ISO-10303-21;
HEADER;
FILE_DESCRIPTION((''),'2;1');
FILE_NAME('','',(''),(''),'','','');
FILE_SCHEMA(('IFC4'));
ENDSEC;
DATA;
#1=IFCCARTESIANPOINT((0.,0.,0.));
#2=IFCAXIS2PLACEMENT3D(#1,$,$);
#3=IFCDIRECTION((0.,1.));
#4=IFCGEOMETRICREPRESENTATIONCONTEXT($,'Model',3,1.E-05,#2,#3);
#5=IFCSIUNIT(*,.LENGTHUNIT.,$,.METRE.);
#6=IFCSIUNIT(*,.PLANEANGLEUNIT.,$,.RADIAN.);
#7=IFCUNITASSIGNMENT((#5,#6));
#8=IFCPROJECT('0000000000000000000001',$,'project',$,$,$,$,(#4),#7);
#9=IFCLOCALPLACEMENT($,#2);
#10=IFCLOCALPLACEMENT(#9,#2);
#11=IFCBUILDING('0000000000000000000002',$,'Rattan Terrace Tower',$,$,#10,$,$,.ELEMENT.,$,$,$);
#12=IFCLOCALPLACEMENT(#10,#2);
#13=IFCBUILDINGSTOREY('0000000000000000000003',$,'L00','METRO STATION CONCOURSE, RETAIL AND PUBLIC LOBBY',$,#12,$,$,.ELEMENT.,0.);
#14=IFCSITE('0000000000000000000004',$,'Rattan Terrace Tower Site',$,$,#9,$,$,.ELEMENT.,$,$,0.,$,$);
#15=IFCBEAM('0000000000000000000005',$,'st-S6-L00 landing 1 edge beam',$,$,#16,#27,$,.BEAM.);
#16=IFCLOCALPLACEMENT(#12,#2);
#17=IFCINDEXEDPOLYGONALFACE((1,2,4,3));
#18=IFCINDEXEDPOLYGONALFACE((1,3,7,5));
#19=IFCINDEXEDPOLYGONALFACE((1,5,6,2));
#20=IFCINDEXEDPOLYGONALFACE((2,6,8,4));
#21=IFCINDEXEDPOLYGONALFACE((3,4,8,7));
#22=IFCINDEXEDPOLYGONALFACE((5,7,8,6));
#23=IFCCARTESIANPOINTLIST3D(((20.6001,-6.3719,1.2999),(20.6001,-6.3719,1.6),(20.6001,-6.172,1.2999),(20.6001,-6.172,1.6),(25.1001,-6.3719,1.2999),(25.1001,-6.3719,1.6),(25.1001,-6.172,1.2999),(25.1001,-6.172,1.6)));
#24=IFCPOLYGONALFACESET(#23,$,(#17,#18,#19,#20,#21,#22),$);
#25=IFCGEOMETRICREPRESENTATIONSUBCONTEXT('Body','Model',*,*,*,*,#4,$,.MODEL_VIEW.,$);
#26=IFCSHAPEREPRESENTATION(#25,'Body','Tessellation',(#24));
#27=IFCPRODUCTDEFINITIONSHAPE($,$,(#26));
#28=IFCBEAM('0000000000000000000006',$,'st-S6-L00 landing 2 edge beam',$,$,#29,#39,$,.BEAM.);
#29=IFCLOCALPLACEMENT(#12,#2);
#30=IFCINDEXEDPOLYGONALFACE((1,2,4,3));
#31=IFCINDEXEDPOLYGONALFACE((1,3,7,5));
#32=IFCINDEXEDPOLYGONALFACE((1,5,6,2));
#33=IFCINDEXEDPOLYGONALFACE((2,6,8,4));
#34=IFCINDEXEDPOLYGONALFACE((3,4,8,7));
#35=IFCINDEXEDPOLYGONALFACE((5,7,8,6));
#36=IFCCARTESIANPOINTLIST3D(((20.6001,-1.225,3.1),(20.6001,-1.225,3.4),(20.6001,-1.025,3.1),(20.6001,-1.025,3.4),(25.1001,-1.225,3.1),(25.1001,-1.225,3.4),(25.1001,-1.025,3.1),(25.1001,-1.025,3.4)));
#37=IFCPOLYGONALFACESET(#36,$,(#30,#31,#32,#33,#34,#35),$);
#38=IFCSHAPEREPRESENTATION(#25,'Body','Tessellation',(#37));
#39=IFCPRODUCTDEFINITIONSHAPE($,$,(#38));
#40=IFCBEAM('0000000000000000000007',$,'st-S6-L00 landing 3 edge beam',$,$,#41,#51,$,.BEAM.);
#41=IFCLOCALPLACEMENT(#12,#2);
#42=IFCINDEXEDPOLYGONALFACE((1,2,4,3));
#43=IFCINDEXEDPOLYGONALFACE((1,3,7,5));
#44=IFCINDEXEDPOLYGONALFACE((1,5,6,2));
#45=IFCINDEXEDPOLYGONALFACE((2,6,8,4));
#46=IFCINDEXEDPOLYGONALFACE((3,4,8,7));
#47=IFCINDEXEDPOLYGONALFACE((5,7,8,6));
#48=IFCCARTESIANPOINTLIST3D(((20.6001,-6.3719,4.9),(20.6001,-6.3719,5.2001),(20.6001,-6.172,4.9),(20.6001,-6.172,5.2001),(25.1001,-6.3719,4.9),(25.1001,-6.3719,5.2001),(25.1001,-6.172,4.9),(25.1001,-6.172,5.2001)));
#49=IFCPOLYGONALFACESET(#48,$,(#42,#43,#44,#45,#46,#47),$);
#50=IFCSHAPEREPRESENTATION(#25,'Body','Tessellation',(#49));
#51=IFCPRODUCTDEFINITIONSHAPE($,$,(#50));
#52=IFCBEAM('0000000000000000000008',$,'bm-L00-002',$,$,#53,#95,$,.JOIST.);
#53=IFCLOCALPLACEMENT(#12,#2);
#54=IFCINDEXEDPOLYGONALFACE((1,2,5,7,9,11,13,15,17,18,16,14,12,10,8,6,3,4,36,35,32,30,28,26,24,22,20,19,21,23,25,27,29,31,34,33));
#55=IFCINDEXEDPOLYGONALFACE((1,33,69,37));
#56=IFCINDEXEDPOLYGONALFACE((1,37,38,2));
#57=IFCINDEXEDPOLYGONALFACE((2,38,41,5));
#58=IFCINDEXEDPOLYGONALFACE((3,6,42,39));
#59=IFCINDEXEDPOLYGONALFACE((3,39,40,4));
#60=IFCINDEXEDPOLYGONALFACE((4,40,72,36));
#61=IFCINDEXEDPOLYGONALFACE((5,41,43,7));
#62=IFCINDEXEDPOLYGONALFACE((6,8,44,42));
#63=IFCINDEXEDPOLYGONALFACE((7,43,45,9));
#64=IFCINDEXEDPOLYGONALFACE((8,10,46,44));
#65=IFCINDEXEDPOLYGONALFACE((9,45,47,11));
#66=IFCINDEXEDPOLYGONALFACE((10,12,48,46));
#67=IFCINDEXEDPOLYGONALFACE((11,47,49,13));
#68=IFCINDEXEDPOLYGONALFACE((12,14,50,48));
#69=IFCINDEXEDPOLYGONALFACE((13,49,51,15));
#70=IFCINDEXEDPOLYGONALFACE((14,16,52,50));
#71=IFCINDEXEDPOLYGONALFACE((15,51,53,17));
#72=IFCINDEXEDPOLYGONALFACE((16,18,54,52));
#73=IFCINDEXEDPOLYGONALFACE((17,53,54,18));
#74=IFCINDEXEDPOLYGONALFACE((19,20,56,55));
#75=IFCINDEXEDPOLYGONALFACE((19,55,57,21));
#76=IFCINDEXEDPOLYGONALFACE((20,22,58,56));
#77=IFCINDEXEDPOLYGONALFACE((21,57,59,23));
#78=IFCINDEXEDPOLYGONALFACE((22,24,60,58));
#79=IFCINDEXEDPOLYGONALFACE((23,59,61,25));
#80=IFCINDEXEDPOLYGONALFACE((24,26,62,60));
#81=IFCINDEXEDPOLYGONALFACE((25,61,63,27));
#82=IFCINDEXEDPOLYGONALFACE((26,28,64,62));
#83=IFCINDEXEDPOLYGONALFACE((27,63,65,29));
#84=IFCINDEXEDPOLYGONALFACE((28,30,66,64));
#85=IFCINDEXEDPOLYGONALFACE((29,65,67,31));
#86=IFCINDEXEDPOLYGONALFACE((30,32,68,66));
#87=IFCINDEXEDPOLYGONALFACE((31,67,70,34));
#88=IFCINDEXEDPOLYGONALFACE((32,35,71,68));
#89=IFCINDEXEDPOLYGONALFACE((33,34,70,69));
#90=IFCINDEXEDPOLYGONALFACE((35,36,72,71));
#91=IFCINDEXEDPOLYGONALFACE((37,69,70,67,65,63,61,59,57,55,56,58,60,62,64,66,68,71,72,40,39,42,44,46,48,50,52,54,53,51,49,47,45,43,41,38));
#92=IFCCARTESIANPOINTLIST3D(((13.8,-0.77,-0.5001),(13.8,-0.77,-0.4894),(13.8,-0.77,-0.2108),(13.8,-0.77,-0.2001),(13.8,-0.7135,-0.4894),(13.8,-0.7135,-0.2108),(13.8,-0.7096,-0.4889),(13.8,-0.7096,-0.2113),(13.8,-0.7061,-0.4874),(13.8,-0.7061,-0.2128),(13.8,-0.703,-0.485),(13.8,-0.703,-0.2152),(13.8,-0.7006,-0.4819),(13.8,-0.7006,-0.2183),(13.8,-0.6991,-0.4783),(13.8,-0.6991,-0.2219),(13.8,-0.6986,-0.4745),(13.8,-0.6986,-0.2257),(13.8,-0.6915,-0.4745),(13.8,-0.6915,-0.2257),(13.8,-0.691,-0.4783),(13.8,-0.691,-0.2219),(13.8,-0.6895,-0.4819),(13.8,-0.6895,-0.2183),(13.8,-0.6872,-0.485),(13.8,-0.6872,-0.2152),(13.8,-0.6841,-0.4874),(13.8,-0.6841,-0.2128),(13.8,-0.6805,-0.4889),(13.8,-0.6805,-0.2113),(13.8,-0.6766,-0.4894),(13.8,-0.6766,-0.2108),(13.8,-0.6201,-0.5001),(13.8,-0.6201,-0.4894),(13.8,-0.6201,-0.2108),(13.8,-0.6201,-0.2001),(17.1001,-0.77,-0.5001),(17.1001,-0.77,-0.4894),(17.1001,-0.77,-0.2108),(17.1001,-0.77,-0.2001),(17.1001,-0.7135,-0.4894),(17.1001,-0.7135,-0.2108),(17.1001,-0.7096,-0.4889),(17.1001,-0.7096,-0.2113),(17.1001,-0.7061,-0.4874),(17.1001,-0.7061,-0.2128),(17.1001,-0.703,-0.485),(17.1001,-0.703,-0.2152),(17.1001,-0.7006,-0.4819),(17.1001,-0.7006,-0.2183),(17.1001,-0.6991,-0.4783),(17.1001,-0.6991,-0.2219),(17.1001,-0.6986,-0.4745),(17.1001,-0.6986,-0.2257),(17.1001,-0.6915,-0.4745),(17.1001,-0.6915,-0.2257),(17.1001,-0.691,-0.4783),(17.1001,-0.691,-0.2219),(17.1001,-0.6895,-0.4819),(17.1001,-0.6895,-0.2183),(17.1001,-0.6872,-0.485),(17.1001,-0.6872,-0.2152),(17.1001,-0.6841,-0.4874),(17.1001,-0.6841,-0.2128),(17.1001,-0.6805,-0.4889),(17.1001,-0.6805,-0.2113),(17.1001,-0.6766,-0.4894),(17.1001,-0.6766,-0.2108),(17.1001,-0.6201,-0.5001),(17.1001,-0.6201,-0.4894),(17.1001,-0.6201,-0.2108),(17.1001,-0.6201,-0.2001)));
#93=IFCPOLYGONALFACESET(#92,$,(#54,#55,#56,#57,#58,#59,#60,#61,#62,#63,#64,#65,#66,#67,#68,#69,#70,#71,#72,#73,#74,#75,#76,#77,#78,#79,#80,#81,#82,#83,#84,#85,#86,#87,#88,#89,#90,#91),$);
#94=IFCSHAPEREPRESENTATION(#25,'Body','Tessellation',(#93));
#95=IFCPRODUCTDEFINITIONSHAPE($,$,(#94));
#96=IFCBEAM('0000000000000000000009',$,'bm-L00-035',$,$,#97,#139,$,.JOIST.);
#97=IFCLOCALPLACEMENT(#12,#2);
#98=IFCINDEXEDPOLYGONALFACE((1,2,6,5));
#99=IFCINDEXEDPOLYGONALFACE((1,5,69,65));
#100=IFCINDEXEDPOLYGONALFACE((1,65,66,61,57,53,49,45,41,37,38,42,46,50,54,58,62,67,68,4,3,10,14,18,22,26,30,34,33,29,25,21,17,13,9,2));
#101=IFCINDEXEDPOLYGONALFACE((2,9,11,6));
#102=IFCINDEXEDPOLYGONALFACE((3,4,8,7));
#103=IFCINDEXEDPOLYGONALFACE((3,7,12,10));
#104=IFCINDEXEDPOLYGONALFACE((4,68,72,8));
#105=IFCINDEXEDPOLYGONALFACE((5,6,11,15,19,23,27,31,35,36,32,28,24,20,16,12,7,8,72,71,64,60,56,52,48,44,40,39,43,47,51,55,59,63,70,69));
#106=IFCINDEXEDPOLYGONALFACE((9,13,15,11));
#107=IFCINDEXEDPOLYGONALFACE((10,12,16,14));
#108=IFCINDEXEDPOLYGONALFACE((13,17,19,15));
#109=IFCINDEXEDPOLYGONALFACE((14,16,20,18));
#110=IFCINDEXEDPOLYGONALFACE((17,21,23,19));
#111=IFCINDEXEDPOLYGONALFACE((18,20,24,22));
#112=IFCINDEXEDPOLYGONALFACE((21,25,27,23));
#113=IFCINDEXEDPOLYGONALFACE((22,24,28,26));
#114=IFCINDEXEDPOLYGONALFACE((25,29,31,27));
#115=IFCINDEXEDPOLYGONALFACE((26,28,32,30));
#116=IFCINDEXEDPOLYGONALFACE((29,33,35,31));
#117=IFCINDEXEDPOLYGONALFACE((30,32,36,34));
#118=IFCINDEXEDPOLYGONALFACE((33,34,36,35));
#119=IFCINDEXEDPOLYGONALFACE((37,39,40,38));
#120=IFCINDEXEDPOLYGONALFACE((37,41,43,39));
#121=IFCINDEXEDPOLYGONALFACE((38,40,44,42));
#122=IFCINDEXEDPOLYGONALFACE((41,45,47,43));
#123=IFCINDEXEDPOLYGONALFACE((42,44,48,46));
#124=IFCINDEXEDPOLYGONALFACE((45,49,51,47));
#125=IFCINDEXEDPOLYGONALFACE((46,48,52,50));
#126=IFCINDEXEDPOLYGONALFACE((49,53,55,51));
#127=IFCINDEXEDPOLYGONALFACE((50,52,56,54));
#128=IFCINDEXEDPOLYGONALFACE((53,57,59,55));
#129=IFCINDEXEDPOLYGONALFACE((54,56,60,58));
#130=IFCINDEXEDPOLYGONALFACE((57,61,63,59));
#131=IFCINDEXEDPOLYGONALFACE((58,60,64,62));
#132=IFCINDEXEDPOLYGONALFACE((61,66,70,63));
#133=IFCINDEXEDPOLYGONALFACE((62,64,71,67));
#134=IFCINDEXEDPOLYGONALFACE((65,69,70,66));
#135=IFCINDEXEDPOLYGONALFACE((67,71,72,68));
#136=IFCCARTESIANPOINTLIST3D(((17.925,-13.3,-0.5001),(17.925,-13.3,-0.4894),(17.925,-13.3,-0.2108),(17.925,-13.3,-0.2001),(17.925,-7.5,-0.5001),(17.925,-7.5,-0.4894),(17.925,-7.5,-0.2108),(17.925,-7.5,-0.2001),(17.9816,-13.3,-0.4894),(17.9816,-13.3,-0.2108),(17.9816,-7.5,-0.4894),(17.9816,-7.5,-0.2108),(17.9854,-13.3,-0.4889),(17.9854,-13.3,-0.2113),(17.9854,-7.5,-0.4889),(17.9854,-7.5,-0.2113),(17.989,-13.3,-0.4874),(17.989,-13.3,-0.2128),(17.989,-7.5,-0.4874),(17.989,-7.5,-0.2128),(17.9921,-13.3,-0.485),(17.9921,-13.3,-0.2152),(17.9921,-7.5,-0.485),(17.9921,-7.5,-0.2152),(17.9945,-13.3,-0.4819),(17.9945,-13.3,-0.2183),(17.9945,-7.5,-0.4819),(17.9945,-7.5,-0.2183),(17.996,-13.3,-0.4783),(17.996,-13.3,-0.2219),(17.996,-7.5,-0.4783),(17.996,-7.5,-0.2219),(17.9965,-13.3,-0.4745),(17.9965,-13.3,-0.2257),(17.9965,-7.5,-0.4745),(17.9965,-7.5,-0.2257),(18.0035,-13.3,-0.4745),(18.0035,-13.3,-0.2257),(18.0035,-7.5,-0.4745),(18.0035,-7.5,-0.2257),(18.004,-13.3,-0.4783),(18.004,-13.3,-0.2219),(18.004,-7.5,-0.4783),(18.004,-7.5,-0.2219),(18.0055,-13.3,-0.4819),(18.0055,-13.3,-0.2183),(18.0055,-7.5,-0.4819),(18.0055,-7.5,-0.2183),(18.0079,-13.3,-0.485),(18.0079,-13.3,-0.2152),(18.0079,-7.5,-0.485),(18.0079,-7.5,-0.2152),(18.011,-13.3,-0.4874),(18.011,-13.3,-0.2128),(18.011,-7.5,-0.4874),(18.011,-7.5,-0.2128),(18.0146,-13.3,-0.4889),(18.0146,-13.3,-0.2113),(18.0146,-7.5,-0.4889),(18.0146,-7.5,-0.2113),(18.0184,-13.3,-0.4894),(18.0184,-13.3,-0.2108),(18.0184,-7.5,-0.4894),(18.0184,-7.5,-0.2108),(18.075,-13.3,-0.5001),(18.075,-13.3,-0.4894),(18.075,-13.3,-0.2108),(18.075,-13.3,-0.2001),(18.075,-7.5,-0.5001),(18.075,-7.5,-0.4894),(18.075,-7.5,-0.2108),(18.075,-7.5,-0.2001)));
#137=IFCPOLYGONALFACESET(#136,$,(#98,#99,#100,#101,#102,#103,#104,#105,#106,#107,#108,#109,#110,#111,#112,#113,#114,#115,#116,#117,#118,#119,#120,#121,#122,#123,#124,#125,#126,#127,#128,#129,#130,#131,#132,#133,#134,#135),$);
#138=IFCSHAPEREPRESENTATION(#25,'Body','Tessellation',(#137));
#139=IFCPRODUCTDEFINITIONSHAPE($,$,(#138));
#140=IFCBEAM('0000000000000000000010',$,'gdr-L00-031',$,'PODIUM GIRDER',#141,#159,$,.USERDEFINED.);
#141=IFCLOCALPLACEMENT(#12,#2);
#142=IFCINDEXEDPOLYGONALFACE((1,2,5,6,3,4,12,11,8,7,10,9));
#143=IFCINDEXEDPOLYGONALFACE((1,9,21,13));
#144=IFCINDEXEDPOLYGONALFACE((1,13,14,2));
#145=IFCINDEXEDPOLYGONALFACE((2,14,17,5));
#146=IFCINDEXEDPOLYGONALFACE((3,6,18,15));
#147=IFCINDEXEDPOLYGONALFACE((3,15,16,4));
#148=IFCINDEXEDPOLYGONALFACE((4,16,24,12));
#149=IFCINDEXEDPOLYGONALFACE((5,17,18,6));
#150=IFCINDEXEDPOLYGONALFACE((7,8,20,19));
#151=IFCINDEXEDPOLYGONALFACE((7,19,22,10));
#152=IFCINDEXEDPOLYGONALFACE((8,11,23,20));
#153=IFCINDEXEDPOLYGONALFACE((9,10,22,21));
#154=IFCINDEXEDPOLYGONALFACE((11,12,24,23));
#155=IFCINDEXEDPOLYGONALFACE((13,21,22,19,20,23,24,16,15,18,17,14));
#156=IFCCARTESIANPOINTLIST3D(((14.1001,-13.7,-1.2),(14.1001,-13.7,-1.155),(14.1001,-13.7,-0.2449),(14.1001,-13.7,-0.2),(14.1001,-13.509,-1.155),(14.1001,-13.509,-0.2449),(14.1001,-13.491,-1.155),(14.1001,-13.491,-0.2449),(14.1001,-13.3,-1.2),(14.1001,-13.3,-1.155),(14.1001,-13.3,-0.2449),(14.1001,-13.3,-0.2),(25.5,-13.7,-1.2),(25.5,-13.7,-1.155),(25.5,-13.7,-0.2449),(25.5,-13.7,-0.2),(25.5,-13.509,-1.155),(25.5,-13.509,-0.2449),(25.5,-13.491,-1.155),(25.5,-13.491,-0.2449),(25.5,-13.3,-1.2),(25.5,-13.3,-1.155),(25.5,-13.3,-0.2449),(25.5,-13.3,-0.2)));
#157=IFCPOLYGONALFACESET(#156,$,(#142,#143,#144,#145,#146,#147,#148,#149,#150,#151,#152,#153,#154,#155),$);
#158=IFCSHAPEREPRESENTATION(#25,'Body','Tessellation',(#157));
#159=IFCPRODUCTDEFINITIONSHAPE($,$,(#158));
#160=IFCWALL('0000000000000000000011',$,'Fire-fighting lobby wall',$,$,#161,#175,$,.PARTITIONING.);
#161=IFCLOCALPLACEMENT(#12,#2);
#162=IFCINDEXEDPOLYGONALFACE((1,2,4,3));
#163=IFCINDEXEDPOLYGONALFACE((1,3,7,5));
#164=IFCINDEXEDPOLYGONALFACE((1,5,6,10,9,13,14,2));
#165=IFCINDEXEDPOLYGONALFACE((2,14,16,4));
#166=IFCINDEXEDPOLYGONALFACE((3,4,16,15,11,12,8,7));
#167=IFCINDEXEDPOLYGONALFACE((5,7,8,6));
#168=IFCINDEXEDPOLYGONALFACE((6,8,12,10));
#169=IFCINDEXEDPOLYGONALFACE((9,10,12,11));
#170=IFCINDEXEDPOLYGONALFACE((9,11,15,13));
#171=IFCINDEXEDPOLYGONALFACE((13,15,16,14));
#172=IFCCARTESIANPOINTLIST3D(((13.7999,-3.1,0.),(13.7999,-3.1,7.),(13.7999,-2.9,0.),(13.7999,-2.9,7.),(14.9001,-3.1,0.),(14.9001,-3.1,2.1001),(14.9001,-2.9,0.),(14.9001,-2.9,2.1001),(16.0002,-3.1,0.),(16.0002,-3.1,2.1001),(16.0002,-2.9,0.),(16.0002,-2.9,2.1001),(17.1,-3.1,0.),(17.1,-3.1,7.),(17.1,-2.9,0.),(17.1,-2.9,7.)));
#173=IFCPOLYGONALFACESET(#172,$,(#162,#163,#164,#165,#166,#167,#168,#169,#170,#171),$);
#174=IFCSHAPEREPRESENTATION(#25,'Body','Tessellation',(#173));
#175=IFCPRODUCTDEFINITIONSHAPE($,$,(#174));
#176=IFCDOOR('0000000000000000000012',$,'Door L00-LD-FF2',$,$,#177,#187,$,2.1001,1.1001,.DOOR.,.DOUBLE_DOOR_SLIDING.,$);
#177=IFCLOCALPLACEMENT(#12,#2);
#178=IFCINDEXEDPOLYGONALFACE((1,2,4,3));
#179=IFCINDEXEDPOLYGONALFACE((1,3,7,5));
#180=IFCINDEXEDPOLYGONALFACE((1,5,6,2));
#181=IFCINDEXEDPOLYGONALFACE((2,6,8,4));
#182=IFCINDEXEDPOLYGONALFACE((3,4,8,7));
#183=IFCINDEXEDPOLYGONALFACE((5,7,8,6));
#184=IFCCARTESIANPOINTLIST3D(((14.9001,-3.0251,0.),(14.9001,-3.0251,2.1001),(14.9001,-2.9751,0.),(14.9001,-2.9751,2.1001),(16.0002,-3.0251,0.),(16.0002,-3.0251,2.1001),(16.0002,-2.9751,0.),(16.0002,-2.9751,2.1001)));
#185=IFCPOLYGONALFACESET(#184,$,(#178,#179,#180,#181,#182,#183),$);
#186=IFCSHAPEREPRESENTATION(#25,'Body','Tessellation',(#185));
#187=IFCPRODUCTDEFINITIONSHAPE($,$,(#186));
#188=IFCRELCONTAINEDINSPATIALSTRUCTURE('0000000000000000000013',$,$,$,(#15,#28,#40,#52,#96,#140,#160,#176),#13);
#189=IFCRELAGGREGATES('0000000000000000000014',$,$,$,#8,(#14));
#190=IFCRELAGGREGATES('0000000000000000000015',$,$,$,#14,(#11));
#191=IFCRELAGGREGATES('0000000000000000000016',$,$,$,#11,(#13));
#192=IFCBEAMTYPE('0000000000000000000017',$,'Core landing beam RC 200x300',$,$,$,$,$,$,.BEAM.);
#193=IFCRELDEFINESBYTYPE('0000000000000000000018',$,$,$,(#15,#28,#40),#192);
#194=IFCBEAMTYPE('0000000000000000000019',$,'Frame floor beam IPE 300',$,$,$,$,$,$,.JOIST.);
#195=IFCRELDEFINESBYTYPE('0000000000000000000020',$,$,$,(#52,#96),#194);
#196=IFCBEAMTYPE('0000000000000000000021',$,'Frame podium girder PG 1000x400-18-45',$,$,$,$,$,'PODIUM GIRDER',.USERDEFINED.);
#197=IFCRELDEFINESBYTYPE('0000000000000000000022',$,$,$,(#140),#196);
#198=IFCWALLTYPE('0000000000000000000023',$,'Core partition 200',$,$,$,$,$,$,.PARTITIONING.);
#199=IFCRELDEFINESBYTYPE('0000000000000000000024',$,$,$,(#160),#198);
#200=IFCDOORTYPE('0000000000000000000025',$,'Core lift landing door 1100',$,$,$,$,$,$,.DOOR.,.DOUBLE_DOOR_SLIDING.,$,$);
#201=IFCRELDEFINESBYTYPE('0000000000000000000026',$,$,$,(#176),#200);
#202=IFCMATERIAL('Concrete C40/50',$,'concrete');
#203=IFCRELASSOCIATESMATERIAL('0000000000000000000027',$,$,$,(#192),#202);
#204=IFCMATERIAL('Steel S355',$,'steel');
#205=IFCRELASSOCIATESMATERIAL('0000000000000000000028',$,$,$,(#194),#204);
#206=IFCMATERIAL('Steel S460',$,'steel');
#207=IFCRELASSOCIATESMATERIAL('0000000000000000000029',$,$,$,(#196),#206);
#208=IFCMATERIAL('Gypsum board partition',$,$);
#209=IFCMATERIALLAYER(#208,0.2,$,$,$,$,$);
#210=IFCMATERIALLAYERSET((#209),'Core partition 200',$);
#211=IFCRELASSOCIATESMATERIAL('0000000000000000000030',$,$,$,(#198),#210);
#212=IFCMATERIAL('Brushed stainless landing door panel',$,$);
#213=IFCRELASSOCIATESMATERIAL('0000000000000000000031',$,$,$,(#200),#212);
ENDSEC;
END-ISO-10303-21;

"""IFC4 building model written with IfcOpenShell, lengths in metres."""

from ifc_helpers import new_model, si_unit, direction, frame, frame_2d, origin, origin_2d, place, context, subcontext, project, spatial, rectangle, i_section, extrude, material, layer, layer_set, material_profile, profile_set, type_object, element, fill, save


model = new_model("IFC4")

# Units and contexts
model_context = context("Model", 3, precision=1e-05, world=origin(), true_north=direction((0.0, 1.0)))
body_context = subcontext(model_context, "Body", "Model", "MODEL_VIEW")
ifc_project = project(units=[si_unit("LENGTHUNIT", "METRE"), si_unit("PLANEANGLEUNIT", "RADIAN")], contexts=[model_context])

# Site, building, storey
site_placement = place(None, origin())
site = spatial("IfcSite", under=ifc_project, at=site_placement, Name="Rattan Terrace Tower Site", CompositionType="ELEMENT", RefElevation=0.0)
building_placement = place(site_placement, origin())
building = spatial("IfcBuilding", under=site, at=building_placement, Name="Rattan Terrace Tower", CompositionType="ELEMENT")
storey_placement = place(building_placement, origin())
storey = spatial("IfcBuildingStorey", under=building, at=storey_placement, Name="L00", Description="METRO STATION CONCOURSE, RETAIL AND PUBLIC LOBBY", CompositionType="ELEMENT", Elevation=0.0)

# Beams
ifc_material_1 = material(Name="Concrete C40/50", Category="concrete")
ifc_material_profile_1 = material_profile(ifc_material_1, rectangle(XDim=0.2, YDim=0.3, at=origin_2d()), Name="RC 200x300")
ifc_profile_set_1 = profile_set([ifc_material_profile_1], Name="Concrete C40/50")
beam_type_1 = type_object("IfcBeamType", Name="Core landing beam RC 200x300", PredefinedType="BEAM", material=ifc_profile_set_1)
for number, where, z_axis, x_axis, name in (
    (1, (20.6001, -6.272, 1.45), (1.0, 0.0, 0.0), (0.0, 1.0, 0.0), "st-S6-L00 landing 1 edge beam"),
    (2, (20.6001, -1.125, 3.25), (1.0, 0.0, 0.0), (0.0, 1.0, 0.0), "st-S6-L00 landing 2 edge beam"),
    (3, (20.6001, -6.272, 5.05), (1.0, 0.0, 0.0), (0.0, 1.0, 0.0), "st-S6-L00 landing 3 edge beam"),
):
    element("IfcBeam", number, at=place(storey_placement, frame(where, z_axis=z_axis, x_axis=x_axis)), inside=storey, type_object=beam_type_1, Name=name, PredefinedType="BEAM", context=body_context, shape_type="SweptSolid", body=[
        extrude(rectangle(XDim=0.2, YDim=0.3, at=origin_2d()), origin(), (0.0, 0.0, 1.0), 4.5),
    ])
ifc_material_2 = material(Name="Steel S355", Category="steel")
ifc_material_profile_2 = material_profile(ifc_material_2, i_section(OverallWidth=0.1499, OverallDepth=0.3, WebThickness=0.0071, FlangeThickness=0.0107, FilletRadius=0.0149, at=origin_2d()), Name="IPE 300")
ifc_profile_set_2 = profile_set([ifc_material_profile_2], Name="Steel S355")
beam_type_2 = type_object("IfcBeamType", Name="Frame floor beam IPE 300", PredefinedType="JOIST", material=ifc_profile_set_2)
beam_1_placement = place(storey_placement, frame((13.8, -0.6951, -0.3501), z_axis=(1.0, 0.0, 0.0), x_axis=(0.0, 1.0, 0.0)))
element("IfcBeam", 4, at=beam_1_placement, inside=storey, type_object=beam_type_2, Name="bm-L00-002", PredefinedType="JOIST", context=body_context, shape_type="SweptSolid", body=[
    extrude(i_section(OverallWidth=0.1499, OverallDepth=0.3, WebThickness=0.0071, FlangeThickness=0.0107, FilletRadius=0.0149, at=origin_2d()), origin(), (0.0, 0.0, 1.0), 3.3),
])
beam_2_placement = place(storey_placement, frame((18.0, -13.3, -0.3501), z_axis=(0.0, 1.0, 0.0), x_axis=(-1.0, 0.0, 0.0)))
element("IfcBeam", 5, at=beam_2_placement, inside=storey, type_object=beam_type_2, Name="bm-L00-035", PredefinedType="JOIST", context=body_context, shape_type="SweptSolid", body=[
    extrude(i_section(OverallWidth=0.1499, OverallDepth=0.3, WebThickness=0.0071, FlangeThickness=0.0107, FilletRadius=0.0149, at=origin_2d()), origin(), (0.0, 0.0, 1.0), 5.8),
])
ifc_material_3 = material(Name="Steel S460", Category="steel")
ifc_material_profile_3 = material_profile(ifc_material_3, i_section(OverallWidth=0.3999, OverallDepth=1.0, WebThickness=0.0181, FlangeThickness=0.0449, at=origin_2d()), Name="PG 1000x400-18-45")
ifc_profile_set_3 = profile_set([ifc_material_profile_3], Name="Steel S460")
beam_type_3 = type_object("IfcBeamType", Name="Frame podium girder PG 1000x400-18-45", ElementType="PODIUM GIRDER", PredefinedType="USERDEFINED", material=ifc_profile_set_3)
beam_3_placement = place(storey_placement, frame((14.1001, -13.5, -0.7), z_axis=(1.0, 0.0, 0.0), x_axis=(0.0, 1.0, 0.0)))
element("IfcBeam", 6, at=beam_3_placement, inside=storey, type_object=beam_type_3, Name="gdr-L00-031", ObjectType="PODIUM GIRDER", PredefinedType="USERDEFINED", context=body_context, shape_type="SweptSolid", body=[
    extrude(i_section(OverallWidth=0.3999, OverallDepth=1.0, WebThickness=0.0181, FlangeThickness=0.0449, at=origin_2d()), origin(), (0.0, 0.0, 1.0), 11.3999),
])

# Wall, opening, door
ifc_material_4 = material(Name="Gypsum board partition")
ifc_layer_1 = layer(ifc_material_4, 0.2)
ifc_layer_set_1 = layer_set([ifc_layer_1], Name="Core partition 200")
wall_type_1 = type_object("IfcWallType", Name="Core partition 200", PredefinedType="PARTITIONING", material=ifc_layer_set_1)
wall_1_placement = place(storey_placement, frame((13.8, -3.0, 0.0), z_axis=(0.0, 0.0, 1.0), x_axis=(1.0, 0.0, 0.0)))
wall_1 = element("IfcWall", 7, at=wall_1_placement, inside=storey, type_object=wall_type_1, Name="Fire-fighting lobby wall", PredefinedType="PARTITIONING", context=body_context, shape_type="SweptSolid", body=[
    extrude(rectangle(XDim=3.3, YDim=0.2, at=frame_2d((1.6499, 0.0))), origin(), (0.0, 0.0, 1.0), 7.0),
])
opening_1_placement = place(wall_1_placement, frame((1.1001, 0.0, 0.0)))
opening_1 = element("IfcOpeningElement", 8, at=opening_1_placement, cuts=wall_1, PredefinedType="OPENING", context=body_context, shape_type="SweptSolid", body=[
    extrude(rectangle(XDim=1.1001, YDim=2.1001, at=frame_2d((0.55, 1.05))), frame((0.0, 0.1106, 0.0), z_axis=(0.0, -1.0, 0.0), x_axis=(1.0, 0.0, 0.0)), (0.0, 0.0, 1.0), 0.2209),
])
ifc_material_5 = material(Name="Brushed stainless landing door panel")
door_type_1 = type_object("IfcDoorType", Name="Core lift landing door 1100", OperationType="DOUBLE_DOOR_SLIDING", PredefinedType="DOOR", material=ifc_material_5)
door_1_placement = place(opening_1_placement, origin())
door_1 = element("IfcDoor", 9, at=door_1_placement, inside=storey, type_object=door_type_1, Name="Door L00-LD-FF2", OperationType="DOUBLE_DOOR_SLIDING", OverallHeight=2.1001, OverallWidth=1.1001, PredefinedType="DOOR", context=body_context, shape_type="SweptSolid", body=[
    extrude(rectangle(XDim=1.1001, YDim=2.1001, at=frame_2d((0.55, 1.05))), frame((0.0, 0.0249, 0.0), z_axis=(0.0, -1.0, 0.0), x_axis=(1.0, 0.0, 0.0)), (0.0, 0.0, 1.0), 0.05),
])
fill(opening_1, door_1)

save(model, "model.ifc")
